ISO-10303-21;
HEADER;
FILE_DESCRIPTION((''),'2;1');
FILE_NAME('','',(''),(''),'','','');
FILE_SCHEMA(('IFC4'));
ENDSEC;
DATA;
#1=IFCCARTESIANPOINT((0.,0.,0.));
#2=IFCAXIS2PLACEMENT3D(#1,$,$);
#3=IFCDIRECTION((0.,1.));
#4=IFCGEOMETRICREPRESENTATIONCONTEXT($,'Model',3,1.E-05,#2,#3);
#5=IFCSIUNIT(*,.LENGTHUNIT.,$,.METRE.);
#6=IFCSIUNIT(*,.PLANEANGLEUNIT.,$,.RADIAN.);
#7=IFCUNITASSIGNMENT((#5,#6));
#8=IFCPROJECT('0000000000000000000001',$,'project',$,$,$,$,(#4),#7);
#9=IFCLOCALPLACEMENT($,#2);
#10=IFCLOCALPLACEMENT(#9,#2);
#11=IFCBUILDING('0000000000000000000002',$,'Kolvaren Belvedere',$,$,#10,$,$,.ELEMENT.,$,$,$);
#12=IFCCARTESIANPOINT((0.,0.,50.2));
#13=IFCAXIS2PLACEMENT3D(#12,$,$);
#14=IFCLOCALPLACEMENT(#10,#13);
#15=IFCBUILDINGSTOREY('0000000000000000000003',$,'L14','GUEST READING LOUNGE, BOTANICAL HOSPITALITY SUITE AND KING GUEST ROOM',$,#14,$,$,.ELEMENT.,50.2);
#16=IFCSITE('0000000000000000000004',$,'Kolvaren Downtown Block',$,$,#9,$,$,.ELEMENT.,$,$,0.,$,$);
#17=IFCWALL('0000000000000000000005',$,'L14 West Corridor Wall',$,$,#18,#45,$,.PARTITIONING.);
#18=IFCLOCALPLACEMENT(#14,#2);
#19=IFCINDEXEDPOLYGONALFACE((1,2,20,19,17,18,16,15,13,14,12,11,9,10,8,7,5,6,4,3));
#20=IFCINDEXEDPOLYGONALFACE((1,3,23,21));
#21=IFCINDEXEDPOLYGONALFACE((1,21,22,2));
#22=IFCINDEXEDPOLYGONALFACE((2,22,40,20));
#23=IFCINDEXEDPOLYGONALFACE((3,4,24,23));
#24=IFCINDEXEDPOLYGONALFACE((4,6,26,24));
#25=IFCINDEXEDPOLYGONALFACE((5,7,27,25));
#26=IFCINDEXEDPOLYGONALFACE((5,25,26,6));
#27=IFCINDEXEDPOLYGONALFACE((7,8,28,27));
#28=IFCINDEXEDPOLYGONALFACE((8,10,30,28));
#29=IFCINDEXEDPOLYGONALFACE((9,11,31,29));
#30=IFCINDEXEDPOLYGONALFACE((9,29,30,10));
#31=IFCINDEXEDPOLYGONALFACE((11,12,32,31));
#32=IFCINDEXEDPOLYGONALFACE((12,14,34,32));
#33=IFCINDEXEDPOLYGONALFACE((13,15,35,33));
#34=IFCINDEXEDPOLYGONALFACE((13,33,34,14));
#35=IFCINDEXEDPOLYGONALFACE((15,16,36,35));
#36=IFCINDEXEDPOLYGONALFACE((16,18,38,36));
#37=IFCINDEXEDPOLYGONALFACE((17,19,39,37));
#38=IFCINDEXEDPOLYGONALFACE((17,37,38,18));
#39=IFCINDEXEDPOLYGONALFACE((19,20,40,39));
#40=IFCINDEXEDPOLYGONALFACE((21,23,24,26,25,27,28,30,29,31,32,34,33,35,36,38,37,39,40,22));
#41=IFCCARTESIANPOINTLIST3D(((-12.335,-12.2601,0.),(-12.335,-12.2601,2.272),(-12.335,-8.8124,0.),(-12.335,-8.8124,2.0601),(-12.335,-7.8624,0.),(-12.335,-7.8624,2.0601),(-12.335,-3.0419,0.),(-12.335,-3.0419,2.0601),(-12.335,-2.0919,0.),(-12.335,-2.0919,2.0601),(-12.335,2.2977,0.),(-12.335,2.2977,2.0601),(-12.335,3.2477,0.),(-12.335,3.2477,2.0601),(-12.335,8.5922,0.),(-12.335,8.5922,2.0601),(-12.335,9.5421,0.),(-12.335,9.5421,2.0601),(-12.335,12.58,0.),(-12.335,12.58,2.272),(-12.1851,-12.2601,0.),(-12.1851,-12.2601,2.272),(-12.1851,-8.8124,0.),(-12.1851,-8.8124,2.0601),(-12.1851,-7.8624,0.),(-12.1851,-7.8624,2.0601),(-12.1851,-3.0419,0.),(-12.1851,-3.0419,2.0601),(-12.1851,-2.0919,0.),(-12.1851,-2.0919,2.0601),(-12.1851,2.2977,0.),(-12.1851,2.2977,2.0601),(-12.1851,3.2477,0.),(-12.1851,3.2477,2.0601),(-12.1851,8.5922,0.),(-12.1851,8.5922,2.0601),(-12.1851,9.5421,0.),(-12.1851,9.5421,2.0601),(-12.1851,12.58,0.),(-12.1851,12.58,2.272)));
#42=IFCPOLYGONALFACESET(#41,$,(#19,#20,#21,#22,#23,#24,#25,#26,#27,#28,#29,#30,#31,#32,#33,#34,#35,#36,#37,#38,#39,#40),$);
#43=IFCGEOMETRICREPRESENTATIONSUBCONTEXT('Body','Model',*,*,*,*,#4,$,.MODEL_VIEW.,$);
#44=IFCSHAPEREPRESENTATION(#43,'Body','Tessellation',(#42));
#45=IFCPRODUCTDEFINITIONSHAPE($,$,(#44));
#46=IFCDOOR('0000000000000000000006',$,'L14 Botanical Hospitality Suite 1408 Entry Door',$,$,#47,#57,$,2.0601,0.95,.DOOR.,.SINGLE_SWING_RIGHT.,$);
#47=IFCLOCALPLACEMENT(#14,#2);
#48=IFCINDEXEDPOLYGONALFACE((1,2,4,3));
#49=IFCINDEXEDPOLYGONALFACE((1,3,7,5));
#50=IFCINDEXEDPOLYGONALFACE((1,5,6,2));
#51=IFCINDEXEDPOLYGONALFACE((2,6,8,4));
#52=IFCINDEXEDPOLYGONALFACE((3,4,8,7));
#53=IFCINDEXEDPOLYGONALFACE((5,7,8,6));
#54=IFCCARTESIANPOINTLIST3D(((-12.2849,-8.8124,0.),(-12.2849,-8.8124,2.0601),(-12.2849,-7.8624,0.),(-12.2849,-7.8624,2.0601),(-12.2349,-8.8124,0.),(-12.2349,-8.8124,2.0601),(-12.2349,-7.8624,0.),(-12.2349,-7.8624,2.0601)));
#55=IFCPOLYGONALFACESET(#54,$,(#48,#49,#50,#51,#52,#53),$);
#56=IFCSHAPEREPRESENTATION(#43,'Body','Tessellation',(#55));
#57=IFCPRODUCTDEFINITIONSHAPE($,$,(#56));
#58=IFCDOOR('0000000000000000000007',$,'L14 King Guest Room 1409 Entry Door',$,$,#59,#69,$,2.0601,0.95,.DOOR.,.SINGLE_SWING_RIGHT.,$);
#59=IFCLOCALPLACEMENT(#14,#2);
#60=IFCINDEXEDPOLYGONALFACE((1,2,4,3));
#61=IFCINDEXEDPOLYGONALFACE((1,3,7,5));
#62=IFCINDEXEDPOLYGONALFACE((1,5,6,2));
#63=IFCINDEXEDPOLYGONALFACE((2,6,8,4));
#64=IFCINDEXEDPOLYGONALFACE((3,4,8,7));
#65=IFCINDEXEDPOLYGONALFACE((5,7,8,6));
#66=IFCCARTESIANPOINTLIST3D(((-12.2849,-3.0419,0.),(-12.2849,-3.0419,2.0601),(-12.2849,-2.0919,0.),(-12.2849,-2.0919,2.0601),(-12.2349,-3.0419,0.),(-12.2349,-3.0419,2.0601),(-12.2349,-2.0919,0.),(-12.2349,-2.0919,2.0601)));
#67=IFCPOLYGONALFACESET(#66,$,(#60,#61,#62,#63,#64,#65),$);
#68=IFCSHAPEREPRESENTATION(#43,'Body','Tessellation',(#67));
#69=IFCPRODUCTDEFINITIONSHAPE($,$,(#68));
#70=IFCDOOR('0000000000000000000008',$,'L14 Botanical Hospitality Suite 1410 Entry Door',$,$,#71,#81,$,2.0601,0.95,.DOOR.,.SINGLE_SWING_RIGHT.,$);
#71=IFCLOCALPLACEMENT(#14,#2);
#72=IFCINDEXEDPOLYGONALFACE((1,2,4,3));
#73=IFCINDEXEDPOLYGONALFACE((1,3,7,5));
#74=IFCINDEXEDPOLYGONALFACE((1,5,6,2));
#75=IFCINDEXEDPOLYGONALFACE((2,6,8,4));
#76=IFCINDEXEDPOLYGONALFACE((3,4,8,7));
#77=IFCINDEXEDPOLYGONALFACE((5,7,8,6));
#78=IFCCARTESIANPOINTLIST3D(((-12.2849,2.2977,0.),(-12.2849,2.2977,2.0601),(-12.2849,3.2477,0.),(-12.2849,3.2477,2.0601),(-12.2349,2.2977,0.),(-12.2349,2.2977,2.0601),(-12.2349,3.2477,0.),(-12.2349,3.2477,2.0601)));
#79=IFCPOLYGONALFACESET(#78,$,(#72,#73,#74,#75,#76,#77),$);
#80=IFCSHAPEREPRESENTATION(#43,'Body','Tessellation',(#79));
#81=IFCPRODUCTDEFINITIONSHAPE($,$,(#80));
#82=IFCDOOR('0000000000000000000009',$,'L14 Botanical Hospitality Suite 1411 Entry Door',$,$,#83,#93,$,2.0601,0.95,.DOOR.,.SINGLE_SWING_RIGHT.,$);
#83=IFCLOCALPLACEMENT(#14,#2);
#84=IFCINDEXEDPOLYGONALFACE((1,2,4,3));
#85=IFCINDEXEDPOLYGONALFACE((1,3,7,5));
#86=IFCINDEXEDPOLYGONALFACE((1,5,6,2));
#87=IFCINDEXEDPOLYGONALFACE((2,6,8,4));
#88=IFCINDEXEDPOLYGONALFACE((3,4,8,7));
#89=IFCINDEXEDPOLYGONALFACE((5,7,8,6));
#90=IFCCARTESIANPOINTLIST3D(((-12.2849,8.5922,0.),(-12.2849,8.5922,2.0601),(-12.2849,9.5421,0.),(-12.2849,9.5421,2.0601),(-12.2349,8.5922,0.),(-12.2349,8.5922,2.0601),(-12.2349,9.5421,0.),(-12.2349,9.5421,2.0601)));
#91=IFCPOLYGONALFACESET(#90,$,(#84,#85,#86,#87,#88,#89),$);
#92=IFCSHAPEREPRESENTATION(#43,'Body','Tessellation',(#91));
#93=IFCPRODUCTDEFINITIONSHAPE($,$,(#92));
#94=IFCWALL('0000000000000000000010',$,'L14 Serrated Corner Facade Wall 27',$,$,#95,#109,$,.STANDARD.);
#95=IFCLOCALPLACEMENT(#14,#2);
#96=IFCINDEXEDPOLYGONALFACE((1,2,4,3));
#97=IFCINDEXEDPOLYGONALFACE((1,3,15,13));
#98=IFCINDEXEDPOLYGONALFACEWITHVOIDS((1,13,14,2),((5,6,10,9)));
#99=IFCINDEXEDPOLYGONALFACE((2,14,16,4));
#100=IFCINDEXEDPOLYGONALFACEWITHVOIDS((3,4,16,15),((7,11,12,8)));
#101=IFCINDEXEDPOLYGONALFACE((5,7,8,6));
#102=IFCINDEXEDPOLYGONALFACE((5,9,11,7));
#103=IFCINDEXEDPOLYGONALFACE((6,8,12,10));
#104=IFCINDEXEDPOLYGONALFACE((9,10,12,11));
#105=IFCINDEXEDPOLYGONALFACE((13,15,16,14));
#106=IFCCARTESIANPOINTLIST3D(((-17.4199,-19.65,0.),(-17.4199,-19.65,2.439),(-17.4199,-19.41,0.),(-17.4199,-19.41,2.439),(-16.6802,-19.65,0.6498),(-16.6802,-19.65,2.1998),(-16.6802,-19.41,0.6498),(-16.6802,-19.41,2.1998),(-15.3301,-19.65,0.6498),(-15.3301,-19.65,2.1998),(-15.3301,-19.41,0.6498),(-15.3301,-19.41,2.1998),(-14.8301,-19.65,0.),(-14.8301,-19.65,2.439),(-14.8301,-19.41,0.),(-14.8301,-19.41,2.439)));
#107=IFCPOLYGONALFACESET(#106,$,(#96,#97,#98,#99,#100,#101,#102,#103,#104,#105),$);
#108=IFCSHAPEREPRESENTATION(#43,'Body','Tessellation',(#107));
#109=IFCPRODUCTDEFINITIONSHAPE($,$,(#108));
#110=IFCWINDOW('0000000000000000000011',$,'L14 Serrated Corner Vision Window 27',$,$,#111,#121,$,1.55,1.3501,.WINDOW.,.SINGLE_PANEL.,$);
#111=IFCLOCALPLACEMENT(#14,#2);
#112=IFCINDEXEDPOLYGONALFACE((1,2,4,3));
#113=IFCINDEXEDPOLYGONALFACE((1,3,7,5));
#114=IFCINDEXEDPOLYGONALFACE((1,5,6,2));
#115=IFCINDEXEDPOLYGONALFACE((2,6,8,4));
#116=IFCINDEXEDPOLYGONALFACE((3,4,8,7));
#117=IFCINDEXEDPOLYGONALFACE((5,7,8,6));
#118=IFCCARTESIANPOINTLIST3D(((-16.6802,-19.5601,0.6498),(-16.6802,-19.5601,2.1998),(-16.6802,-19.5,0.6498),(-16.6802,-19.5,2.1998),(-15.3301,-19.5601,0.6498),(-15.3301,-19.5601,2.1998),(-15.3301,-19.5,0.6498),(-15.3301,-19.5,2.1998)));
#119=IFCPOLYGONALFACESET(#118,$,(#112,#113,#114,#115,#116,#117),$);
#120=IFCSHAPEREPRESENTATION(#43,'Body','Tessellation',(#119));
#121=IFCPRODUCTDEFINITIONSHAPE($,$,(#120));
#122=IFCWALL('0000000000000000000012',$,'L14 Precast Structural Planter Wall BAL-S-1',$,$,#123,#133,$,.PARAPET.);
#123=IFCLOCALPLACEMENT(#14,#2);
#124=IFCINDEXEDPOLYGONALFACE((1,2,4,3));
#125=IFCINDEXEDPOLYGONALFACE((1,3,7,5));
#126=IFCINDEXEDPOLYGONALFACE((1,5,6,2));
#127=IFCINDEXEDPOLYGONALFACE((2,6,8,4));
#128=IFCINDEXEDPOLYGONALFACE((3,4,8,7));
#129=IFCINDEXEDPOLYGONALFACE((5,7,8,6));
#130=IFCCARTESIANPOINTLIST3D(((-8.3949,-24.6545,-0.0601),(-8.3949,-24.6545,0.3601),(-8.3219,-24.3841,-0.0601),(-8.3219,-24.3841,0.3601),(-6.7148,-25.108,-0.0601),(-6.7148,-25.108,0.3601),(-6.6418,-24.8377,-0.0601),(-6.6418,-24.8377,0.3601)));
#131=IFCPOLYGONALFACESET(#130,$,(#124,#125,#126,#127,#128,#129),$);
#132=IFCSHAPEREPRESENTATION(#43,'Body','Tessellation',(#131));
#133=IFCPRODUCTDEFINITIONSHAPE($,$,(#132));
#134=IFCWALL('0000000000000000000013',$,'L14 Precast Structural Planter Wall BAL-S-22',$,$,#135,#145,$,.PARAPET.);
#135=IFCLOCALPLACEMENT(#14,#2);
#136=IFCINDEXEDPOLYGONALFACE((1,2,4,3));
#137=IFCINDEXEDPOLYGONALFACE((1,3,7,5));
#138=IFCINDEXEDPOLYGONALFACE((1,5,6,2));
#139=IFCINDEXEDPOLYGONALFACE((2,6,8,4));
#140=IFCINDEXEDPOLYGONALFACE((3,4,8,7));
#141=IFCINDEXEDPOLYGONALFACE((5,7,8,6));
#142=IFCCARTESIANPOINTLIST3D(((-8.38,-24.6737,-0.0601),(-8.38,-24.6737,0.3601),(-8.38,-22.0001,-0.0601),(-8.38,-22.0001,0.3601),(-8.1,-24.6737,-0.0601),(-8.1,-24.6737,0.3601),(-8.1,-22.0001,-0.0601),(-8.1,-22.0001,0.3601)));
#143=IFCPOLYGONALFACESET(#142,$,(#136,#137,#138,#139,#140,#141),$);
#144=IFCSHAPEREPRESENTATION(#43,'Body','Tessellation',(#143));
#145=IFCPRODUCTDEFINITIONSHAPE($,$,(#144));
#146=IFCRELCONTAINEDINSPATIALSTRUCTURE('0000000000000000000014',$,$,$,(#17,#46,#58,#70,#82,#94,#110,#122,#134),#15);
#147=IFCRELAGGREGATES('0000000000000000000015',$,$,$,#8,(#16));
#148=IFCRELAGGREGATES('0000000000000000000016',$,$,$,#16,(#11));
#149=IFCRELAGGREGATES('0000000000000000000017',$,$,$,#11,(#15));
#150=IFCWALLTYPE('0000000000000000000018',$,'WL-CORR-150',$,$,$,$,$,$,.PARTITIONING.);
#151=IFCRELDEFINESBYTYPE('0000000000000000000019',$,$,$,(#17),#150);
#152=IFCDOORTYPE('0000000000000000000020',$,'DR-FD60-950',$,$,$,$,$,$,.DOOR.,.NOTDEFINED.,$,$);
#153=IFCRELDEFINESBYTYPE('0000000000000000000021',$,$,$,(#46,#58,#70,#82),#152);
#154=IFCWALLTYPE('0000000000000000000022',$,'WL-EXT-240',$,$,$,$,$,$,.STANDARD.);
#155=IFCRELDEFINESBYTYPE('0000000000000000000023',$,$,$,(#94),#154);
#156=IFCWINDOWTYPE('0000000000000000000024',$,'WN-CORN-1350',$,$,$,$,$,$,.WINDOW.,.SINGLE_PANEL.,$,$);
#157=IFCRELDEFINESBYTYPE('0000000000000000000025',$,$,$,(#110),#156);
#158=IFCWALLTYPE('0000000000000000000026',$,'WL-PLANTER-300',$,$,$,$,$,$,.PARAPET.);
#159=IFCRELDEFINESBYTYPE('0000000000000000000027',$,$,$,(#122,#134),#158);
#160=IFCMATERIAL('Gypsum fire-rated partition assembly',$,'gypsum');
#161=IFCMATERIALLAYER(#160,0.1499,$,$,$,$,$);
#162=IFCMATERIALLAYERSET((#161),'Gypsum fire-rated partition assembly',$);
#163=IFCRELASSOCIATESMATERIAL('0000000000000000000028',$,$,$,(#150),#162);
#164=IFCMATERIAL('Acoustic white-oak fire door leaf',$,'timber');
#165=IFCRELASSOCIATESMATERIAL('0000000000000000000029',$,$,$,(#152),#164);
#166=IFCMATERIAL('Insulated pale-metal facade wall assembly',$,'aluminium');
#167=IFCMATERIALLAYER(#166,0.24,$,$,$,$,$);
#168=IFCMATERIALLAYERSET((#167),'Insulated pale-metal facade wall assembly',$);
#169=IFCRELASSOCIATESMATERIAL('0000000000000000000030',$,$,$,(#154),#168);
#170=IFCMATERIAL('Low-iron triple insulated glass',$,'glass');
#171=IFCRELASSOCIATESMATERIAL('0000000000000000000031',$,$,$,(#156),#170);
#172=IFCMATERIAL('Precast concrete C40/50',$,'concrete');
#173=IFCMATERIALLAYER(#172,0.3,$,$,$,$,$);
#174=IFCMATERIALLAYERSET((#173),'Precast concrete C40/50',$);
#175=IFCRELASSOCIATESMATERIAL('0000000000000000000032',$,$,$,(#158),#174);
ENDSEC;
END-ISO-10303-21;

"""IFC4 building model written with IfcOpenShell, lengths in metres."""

from ifc_helpers import new_model, si_unit, direction, frame, frame_2d, origin, place, context, subcontext, project, spatial, rectangle, extrude, material, layer, layer_set, type_object, element, fill, save


model = new_model("IFC4")

# Units and contexts
model_context = context("Model", 3, precision=1e-05, world=origin(), true_north=direction((0.0, 1.0)))
body_context = subcontext(model_context, "Body", "Model", "MODEL_VIEW")
ifc_project = project(units=[si_unit("LENGTHUNIT", "METRE"), si_unit("PLANEANGLEUNIT", "RADIAN")], contexts=[model_context])

# Site, building, storey
site_placement = place(None, origin())
site = spatial("IfcSite", under=ifc_project, at=site_placement, Name="Kolvaren Downtown Block", CompositionType="ELEMENT", RefElevation=0.0)
building_placement = place(site_placement, origin())
building = spatial("IfcBuilding", under=site, at=building_placement, Name="Kolvaren Belvedere", CompositionType="ELEMENT")
storey_placement = place(building_placement, frame((0.0, 0.0, 50.2)))
storey = spatial("IfcBuildingStorey", under=building, at=storey_placement, Name="L14", Description="GUEST READING LOUNGE, BOTANICAL HOSPITALITY SUITE AND KING GUEST ROOM", CompositionType="ELEMENT", Elevation=50.2)

# Wall, openings, doors
ifc_material_1 = material(Name="Gypsum fire-rated partition assembly", Category="gypsum")
ifc_layer_1 = layer(ifc_material_1, 0.1499)
ifc_layer_set_1 = layer_set([ifc_layer_1], Name="Gypsum fire-rated partition assembly")
wall_type_1 = type_object("IfcWallType", Name="WL-CORR-150", PredefinedType="PARTITIONING", material=ifc_layer_set_1)
wall_1_placement = place(storey_placement, frame((-12.26, -12.26, 0.0), z_axis=(0.0, 0.0, 1.0), x_axis=(0.0, 1.0, 0.0)))
wall_1 = element("IfcWall", 1, at=wall_1_placement, inside=storey, type_object=wall_type_1, Name="L14 West Corridor Wall", PredefinedType="PARTITIONING", context=body_context, shape_type="SweptSolid", body=[
    extrude(rectangle(XDim=24.8401, YDim=0.1499, at=frame_2d((12.4199, 0.0))), origin(), (0.0, 0.0, 1.0), 2.272),
])
opening_1_placement = place(wall_1_placement, frame((3.4475, 0.0, 0.0)))
opening_1 = element("IfcOpeningElement", 2, at=opening_1_placement, cuts=wall_1, PredefinedType="OPENING", context=body_context, shape_type="SweptSolid", body=[
    extrude(rectangle(XDim=0.95, YDim=2.0601, at=frame_2d((0.4751, 1.03))), frame((0.0, 0.085, 0.0), z_axis=(0.0, -1.0, 0.0), x_axis=(1.0, 0.0, 0.0)), (0.0, 0.0, 1.0), 0.1699),
])
opening_2_placement = place(wall_1_placement, frame((9.218, 0.0, 0.0)))
opening_2 = element("IfcOpeningElement", 3, at=opening_2_placement, cuts=wall_1, PredefinedType="OPENING", context=body_context, shape_type="SweptSolid", body=[
    extrude(rectangle(XDim=0.95, YDim=2.0601, at=frame_2d((0.4751, 1.03))), frame((0.0, 0.085, 0.0), z_axis=(0.0, -1.0, 0.0), x_axis=(1.0, 0.0, 0.0)), (0.0, 0.0, 1.0), 0.1699),
])
opening_3_placement = place(wall_1_placement, frame((14.5576, 0.0, 0.0)))
opening_3 = element("IfcOpeningElement", 4, at=opening_3_placement, cuts=wall_1, PredefinedType="OPENING", context=body_context, shape_type="SweptSolid", body=[
    extrude(rectangle(XDim=0.95, YDim=2.0601, at=frame_2d((0.4751, 1.03))), frame((0.0, 0.085, 0.0), z_axis=(0.0, -1.0, 0.0), x_axis=(1.0, 0.0, 0.0)), (0.0, 0.0, 1.0), 0.1699),
])
opening_4_placement = place(wall_1_placement, frame((20.8521, 0.0, 0.0)))
opening_4 = element("IfcOpeningElement", 5, at=opening_4_placement, cuts=wall_1, PredefinedType="OPENING", context=body_context, shape_type="SweptSolid", body=[
    extrude(rectangle(XDim=0.95, YDim=2.0601, at=frame_2d((0.4751, 1.03))), frame((0.0, 0.085, 0.0), z_axis=(0.0, -1.0, 0.0), x_axis=(1.0, 0.0, 0.0)), (0.0, 0.0, 1.0), 0.1699),
])
ifc_material_2 = material(Name="Acoustic white-oak fire door leaf", Category="timber")
door_type_1 = type_object("IfcDoorType", Name="DR-FD60-950", OperationType="NOTDEFINED", PredefinedType="DOOR", material=ifc_material_2)
door_1_placement = place(opening_1_placement, origin())
door_1 = element("IfcDoor", 6, at=door_1_placement, inside=storey, type_object=door_type_1, Name="L14 Botanical Hospitality Suite 1408 Entry Door", OperationType="SINGLE_SWING_RIGHT", OverallHeight=2.0601, OverallWidth=0.95, PredefinedType="DOOR", context=body_context, shape_type="SweptSolid", body=[
    extrude(rectangle(XDim=0.95, YDim=2.0601, at=frame_2d((0.4751, 1.03))), frame((0.0, 0.0249, 0.0), z_axis=(0.0, -1.0, 0.0), x_axis=(1.0, 0.0, 0.0)), (0.0, 0.0, 1.0), 0.05),
])
fill(opening_1, door_1)
door_2_placement = place(opening_2_placement, origin())
door_2 = element("IfcDoor", 7, at=door_2_placement, inside=storey, type_object=door_type_1, Name="L14 King Guest Room 1409 Entry Door", OperationType="SINGLE_SWING_RIGHT", OverallHeight=2.0601, OverallWidth=0.95, PredefinedType="DOOR", context=body_context, shape_type="SweptSolid", body=[
    extrude(rectangle(XDim=0.95, YDim=2.0601, at=frame_2d((0.4751, 1.03))), frame((0.0, 0.0249, 0.0), z_axis=(0.0, -1.0, 0.0), x_axis=(1.0, 0.0, 0.0)), (0.0, 0.0, 1.0), 0.05),
])
fill(opening_2, door_2)
door_3_placement = place(opening_3_placement, origin())
door_3 = element("IfcDoor", 8, at=door_3_placement, inside=storey, type_object=door_type_1, Name="L14 Botanical Hospitality Suite 1410 Entry Door", OperationType="SINGLE_SWING_RIGHT", OverallHeight=2.0601, OverallWidth=0.95, PredefinedType="DOOR", context=body_context, shape_type="SweptSolid", body=[
    extrude(rectangle(XDim=0.95, YDim=2.0601, at=frame_2d((0.4751, 1.03))), frame((0.0, 0.0249, 0.0), z_axis=(0.0, -1.0, 0.0), x_axis=(1.0, 0.0, 0.0)), (0.0, 0.0, 1.0), 0.05),
])
fill(opening_3, door_3)
door_4_placement = place(opening_4_placement, origin())
door_4 = element("IfcDoor", 9, at=door_4_placement, inside=storey, type_object=door_type_1, Name="L14 Botanical Hospitality Suite 1411 Entry Door", OperationType="SINGLE_SWING_RIGHT", OverallHeight=2.0601, OverallWidth=0.95, PredefinedType="DOOR", context=body_context, shape_type="SweptSolid", body=[
    extrude(rectangle(XDim=0.95, YDim=2.0601, at=frame_2d((0.4751, 1.03))), frame((0.0, 0.0249, 0.0), z_axis=(0.0, -1.0, 0.0), x_axis=(1.0, 0.0, 0.0)), (0.0, 0.0, 1.0), 0.05),
])
fill(opening_4, door_4)

# Wall, opening, window
ifc_material_3 = material(Name="Insulated pale-metal facade wall assembly", Category="aluminium")
ifc_layer_2 = layer(ifc_material_3, 0.24)
ifc_layer_set_2 = layer_set([ifc_layer_2], Name="Insulated pale-metal facade wall assembly")
wall_type_2 = type_object("IfcWallType", Name="WL-EXT-240", PredefinedType="STANDARD", material=ifc_layer_set_2)
wall_2_placement = place(storey_placement, frame((-14.8301, -19.53, 0.0), z_axis=(0.0, 0.0, 1.0), x_axis=(-1.0, 0.0, 0.0)))
wall_2 = element("IfcWall", 10, at=wall_2_placement, inside=storey, type_object=wall_type_2, Name="L14 Serrated Corner Facade Wall 27", PredefinedType="STANDARD", context=body_context, shape_type="SweptSolid", body=[
    extrude(rectangle(XDim=2.5898, YDim=0.24, at=frame_2d((1.2949, 0.0))), origin(), (0.0, 0.0, 1.0), 2.439),
])
opening_5_placement = place(wall_2_placement, frame((0.5, 0.0, 0.6499)))
opening_5 = element("IfcOpeningElement", 11, at=opening_5_placement, cuts=wall_2, PredefinedType="OPENING", context=body_context, shape_type="SweptSolid", body=[
    extrude(rectangle(XDim=1.3501, YDim=1.55, at=frame_2d((0.675, 0.7749))), frame((0.0, 0.1299, 0.0), z_axis=(0.0, -1.0, 0.0), x_axis=(1.0, 0.0, 0.0)), (0.0, 0.0, 1.0), 0.26),
])
ifc_material_4 = material(Name="Low-iron triple insulated glass", Category="glass")
window_type = type_object("IfcWindowType", Name="WN-CORN-1350", PartitioningType="SINGLE_PANEL", PredefinedType="WINDOW", material=ifc_material_4)
window_placement = place(opening_5_placement, origin())
window = element("IfcWindow", 12, at=window_placement, inside=storey, type_object=window_type, Name="L14 Serrated Corner Vision Window 27", OverallHeight=1.55, OverallWidth=1.3501, PartitioningType="SINGLE_PANEL", PredefinedType="WINDOW", context=body_context, shape_type="SweptSolid", body=[
    extrude(rectangle(XDim=1.3501, YDim=1.55, at=frame_2d((0.675, 0.7749))), frame((0.0, 0.03, 0.0), z_axis=(0.0, -1.0, 0.0), x_axis=(1.0, 0.0, 0.0)), (0.0, 0.0, 1.0), 0.0601),
])
fill(opening_5, window)

# Walls
ifc_material_5 = material(Name="Precast concrete C40/50", Category="concrete")
ifc_layer_3 = layer(ifc_material_5, 0.3)
ifc_layer_set_3 = layer_set([ifc_layer_3], Name="Precast concrete C40/50")
wall_type_3 = type_object("IfcWallType", Name="WL-PLANTER-300", PredefinedType="PARAPET", material=ifc_layer_set_3)
wall_3_placement = place(storey_placement, frame((-8.3584, -24.5193, -0.0601), z_axis=(0.0, 0.0, 1.0), x_axis=(0.965434, -0.260648, 0.0)))
element("IfcWall", 13, at=wall_3_placement, inside=storey, type_object=wall_type_3, Name="L14 Precast Structural Planter Wall BAL-S-1", PredefinedType="PARAPET", context=body_context, shape_type="SweptSolid", body=[
    extrude(rectangle(XDim=1.7402, YDim=0.28, at=frame_2d((0.8701, 0.0))), origin(), (0.0, 0.0, 1.0), 0.4202),
])
wall_4_placement = place(storey_placement, frame((-8.24, -22.0, -0.0601), z_axis=(0.0, 0.0, 1.0), x_axis=(0.0, -1.0, 0.0)))
element("IfcWall", 14, at=wall_4_placement, inside=storey, type_object=wall_type_3, Name="L14 Precast Structural Planter Wall BAL-S-22", PredefinedType="PARAPET", context=body_context, shape_type="SweptSolid", body=[
    extrude(rectangle(XDim=2.6736, YDim=0.28, at=frame_2d((1.3369, 0.0))), origin(), (0.0, 0.0, 1.0), 0.4202),
])

save(model, "model.ifc")
